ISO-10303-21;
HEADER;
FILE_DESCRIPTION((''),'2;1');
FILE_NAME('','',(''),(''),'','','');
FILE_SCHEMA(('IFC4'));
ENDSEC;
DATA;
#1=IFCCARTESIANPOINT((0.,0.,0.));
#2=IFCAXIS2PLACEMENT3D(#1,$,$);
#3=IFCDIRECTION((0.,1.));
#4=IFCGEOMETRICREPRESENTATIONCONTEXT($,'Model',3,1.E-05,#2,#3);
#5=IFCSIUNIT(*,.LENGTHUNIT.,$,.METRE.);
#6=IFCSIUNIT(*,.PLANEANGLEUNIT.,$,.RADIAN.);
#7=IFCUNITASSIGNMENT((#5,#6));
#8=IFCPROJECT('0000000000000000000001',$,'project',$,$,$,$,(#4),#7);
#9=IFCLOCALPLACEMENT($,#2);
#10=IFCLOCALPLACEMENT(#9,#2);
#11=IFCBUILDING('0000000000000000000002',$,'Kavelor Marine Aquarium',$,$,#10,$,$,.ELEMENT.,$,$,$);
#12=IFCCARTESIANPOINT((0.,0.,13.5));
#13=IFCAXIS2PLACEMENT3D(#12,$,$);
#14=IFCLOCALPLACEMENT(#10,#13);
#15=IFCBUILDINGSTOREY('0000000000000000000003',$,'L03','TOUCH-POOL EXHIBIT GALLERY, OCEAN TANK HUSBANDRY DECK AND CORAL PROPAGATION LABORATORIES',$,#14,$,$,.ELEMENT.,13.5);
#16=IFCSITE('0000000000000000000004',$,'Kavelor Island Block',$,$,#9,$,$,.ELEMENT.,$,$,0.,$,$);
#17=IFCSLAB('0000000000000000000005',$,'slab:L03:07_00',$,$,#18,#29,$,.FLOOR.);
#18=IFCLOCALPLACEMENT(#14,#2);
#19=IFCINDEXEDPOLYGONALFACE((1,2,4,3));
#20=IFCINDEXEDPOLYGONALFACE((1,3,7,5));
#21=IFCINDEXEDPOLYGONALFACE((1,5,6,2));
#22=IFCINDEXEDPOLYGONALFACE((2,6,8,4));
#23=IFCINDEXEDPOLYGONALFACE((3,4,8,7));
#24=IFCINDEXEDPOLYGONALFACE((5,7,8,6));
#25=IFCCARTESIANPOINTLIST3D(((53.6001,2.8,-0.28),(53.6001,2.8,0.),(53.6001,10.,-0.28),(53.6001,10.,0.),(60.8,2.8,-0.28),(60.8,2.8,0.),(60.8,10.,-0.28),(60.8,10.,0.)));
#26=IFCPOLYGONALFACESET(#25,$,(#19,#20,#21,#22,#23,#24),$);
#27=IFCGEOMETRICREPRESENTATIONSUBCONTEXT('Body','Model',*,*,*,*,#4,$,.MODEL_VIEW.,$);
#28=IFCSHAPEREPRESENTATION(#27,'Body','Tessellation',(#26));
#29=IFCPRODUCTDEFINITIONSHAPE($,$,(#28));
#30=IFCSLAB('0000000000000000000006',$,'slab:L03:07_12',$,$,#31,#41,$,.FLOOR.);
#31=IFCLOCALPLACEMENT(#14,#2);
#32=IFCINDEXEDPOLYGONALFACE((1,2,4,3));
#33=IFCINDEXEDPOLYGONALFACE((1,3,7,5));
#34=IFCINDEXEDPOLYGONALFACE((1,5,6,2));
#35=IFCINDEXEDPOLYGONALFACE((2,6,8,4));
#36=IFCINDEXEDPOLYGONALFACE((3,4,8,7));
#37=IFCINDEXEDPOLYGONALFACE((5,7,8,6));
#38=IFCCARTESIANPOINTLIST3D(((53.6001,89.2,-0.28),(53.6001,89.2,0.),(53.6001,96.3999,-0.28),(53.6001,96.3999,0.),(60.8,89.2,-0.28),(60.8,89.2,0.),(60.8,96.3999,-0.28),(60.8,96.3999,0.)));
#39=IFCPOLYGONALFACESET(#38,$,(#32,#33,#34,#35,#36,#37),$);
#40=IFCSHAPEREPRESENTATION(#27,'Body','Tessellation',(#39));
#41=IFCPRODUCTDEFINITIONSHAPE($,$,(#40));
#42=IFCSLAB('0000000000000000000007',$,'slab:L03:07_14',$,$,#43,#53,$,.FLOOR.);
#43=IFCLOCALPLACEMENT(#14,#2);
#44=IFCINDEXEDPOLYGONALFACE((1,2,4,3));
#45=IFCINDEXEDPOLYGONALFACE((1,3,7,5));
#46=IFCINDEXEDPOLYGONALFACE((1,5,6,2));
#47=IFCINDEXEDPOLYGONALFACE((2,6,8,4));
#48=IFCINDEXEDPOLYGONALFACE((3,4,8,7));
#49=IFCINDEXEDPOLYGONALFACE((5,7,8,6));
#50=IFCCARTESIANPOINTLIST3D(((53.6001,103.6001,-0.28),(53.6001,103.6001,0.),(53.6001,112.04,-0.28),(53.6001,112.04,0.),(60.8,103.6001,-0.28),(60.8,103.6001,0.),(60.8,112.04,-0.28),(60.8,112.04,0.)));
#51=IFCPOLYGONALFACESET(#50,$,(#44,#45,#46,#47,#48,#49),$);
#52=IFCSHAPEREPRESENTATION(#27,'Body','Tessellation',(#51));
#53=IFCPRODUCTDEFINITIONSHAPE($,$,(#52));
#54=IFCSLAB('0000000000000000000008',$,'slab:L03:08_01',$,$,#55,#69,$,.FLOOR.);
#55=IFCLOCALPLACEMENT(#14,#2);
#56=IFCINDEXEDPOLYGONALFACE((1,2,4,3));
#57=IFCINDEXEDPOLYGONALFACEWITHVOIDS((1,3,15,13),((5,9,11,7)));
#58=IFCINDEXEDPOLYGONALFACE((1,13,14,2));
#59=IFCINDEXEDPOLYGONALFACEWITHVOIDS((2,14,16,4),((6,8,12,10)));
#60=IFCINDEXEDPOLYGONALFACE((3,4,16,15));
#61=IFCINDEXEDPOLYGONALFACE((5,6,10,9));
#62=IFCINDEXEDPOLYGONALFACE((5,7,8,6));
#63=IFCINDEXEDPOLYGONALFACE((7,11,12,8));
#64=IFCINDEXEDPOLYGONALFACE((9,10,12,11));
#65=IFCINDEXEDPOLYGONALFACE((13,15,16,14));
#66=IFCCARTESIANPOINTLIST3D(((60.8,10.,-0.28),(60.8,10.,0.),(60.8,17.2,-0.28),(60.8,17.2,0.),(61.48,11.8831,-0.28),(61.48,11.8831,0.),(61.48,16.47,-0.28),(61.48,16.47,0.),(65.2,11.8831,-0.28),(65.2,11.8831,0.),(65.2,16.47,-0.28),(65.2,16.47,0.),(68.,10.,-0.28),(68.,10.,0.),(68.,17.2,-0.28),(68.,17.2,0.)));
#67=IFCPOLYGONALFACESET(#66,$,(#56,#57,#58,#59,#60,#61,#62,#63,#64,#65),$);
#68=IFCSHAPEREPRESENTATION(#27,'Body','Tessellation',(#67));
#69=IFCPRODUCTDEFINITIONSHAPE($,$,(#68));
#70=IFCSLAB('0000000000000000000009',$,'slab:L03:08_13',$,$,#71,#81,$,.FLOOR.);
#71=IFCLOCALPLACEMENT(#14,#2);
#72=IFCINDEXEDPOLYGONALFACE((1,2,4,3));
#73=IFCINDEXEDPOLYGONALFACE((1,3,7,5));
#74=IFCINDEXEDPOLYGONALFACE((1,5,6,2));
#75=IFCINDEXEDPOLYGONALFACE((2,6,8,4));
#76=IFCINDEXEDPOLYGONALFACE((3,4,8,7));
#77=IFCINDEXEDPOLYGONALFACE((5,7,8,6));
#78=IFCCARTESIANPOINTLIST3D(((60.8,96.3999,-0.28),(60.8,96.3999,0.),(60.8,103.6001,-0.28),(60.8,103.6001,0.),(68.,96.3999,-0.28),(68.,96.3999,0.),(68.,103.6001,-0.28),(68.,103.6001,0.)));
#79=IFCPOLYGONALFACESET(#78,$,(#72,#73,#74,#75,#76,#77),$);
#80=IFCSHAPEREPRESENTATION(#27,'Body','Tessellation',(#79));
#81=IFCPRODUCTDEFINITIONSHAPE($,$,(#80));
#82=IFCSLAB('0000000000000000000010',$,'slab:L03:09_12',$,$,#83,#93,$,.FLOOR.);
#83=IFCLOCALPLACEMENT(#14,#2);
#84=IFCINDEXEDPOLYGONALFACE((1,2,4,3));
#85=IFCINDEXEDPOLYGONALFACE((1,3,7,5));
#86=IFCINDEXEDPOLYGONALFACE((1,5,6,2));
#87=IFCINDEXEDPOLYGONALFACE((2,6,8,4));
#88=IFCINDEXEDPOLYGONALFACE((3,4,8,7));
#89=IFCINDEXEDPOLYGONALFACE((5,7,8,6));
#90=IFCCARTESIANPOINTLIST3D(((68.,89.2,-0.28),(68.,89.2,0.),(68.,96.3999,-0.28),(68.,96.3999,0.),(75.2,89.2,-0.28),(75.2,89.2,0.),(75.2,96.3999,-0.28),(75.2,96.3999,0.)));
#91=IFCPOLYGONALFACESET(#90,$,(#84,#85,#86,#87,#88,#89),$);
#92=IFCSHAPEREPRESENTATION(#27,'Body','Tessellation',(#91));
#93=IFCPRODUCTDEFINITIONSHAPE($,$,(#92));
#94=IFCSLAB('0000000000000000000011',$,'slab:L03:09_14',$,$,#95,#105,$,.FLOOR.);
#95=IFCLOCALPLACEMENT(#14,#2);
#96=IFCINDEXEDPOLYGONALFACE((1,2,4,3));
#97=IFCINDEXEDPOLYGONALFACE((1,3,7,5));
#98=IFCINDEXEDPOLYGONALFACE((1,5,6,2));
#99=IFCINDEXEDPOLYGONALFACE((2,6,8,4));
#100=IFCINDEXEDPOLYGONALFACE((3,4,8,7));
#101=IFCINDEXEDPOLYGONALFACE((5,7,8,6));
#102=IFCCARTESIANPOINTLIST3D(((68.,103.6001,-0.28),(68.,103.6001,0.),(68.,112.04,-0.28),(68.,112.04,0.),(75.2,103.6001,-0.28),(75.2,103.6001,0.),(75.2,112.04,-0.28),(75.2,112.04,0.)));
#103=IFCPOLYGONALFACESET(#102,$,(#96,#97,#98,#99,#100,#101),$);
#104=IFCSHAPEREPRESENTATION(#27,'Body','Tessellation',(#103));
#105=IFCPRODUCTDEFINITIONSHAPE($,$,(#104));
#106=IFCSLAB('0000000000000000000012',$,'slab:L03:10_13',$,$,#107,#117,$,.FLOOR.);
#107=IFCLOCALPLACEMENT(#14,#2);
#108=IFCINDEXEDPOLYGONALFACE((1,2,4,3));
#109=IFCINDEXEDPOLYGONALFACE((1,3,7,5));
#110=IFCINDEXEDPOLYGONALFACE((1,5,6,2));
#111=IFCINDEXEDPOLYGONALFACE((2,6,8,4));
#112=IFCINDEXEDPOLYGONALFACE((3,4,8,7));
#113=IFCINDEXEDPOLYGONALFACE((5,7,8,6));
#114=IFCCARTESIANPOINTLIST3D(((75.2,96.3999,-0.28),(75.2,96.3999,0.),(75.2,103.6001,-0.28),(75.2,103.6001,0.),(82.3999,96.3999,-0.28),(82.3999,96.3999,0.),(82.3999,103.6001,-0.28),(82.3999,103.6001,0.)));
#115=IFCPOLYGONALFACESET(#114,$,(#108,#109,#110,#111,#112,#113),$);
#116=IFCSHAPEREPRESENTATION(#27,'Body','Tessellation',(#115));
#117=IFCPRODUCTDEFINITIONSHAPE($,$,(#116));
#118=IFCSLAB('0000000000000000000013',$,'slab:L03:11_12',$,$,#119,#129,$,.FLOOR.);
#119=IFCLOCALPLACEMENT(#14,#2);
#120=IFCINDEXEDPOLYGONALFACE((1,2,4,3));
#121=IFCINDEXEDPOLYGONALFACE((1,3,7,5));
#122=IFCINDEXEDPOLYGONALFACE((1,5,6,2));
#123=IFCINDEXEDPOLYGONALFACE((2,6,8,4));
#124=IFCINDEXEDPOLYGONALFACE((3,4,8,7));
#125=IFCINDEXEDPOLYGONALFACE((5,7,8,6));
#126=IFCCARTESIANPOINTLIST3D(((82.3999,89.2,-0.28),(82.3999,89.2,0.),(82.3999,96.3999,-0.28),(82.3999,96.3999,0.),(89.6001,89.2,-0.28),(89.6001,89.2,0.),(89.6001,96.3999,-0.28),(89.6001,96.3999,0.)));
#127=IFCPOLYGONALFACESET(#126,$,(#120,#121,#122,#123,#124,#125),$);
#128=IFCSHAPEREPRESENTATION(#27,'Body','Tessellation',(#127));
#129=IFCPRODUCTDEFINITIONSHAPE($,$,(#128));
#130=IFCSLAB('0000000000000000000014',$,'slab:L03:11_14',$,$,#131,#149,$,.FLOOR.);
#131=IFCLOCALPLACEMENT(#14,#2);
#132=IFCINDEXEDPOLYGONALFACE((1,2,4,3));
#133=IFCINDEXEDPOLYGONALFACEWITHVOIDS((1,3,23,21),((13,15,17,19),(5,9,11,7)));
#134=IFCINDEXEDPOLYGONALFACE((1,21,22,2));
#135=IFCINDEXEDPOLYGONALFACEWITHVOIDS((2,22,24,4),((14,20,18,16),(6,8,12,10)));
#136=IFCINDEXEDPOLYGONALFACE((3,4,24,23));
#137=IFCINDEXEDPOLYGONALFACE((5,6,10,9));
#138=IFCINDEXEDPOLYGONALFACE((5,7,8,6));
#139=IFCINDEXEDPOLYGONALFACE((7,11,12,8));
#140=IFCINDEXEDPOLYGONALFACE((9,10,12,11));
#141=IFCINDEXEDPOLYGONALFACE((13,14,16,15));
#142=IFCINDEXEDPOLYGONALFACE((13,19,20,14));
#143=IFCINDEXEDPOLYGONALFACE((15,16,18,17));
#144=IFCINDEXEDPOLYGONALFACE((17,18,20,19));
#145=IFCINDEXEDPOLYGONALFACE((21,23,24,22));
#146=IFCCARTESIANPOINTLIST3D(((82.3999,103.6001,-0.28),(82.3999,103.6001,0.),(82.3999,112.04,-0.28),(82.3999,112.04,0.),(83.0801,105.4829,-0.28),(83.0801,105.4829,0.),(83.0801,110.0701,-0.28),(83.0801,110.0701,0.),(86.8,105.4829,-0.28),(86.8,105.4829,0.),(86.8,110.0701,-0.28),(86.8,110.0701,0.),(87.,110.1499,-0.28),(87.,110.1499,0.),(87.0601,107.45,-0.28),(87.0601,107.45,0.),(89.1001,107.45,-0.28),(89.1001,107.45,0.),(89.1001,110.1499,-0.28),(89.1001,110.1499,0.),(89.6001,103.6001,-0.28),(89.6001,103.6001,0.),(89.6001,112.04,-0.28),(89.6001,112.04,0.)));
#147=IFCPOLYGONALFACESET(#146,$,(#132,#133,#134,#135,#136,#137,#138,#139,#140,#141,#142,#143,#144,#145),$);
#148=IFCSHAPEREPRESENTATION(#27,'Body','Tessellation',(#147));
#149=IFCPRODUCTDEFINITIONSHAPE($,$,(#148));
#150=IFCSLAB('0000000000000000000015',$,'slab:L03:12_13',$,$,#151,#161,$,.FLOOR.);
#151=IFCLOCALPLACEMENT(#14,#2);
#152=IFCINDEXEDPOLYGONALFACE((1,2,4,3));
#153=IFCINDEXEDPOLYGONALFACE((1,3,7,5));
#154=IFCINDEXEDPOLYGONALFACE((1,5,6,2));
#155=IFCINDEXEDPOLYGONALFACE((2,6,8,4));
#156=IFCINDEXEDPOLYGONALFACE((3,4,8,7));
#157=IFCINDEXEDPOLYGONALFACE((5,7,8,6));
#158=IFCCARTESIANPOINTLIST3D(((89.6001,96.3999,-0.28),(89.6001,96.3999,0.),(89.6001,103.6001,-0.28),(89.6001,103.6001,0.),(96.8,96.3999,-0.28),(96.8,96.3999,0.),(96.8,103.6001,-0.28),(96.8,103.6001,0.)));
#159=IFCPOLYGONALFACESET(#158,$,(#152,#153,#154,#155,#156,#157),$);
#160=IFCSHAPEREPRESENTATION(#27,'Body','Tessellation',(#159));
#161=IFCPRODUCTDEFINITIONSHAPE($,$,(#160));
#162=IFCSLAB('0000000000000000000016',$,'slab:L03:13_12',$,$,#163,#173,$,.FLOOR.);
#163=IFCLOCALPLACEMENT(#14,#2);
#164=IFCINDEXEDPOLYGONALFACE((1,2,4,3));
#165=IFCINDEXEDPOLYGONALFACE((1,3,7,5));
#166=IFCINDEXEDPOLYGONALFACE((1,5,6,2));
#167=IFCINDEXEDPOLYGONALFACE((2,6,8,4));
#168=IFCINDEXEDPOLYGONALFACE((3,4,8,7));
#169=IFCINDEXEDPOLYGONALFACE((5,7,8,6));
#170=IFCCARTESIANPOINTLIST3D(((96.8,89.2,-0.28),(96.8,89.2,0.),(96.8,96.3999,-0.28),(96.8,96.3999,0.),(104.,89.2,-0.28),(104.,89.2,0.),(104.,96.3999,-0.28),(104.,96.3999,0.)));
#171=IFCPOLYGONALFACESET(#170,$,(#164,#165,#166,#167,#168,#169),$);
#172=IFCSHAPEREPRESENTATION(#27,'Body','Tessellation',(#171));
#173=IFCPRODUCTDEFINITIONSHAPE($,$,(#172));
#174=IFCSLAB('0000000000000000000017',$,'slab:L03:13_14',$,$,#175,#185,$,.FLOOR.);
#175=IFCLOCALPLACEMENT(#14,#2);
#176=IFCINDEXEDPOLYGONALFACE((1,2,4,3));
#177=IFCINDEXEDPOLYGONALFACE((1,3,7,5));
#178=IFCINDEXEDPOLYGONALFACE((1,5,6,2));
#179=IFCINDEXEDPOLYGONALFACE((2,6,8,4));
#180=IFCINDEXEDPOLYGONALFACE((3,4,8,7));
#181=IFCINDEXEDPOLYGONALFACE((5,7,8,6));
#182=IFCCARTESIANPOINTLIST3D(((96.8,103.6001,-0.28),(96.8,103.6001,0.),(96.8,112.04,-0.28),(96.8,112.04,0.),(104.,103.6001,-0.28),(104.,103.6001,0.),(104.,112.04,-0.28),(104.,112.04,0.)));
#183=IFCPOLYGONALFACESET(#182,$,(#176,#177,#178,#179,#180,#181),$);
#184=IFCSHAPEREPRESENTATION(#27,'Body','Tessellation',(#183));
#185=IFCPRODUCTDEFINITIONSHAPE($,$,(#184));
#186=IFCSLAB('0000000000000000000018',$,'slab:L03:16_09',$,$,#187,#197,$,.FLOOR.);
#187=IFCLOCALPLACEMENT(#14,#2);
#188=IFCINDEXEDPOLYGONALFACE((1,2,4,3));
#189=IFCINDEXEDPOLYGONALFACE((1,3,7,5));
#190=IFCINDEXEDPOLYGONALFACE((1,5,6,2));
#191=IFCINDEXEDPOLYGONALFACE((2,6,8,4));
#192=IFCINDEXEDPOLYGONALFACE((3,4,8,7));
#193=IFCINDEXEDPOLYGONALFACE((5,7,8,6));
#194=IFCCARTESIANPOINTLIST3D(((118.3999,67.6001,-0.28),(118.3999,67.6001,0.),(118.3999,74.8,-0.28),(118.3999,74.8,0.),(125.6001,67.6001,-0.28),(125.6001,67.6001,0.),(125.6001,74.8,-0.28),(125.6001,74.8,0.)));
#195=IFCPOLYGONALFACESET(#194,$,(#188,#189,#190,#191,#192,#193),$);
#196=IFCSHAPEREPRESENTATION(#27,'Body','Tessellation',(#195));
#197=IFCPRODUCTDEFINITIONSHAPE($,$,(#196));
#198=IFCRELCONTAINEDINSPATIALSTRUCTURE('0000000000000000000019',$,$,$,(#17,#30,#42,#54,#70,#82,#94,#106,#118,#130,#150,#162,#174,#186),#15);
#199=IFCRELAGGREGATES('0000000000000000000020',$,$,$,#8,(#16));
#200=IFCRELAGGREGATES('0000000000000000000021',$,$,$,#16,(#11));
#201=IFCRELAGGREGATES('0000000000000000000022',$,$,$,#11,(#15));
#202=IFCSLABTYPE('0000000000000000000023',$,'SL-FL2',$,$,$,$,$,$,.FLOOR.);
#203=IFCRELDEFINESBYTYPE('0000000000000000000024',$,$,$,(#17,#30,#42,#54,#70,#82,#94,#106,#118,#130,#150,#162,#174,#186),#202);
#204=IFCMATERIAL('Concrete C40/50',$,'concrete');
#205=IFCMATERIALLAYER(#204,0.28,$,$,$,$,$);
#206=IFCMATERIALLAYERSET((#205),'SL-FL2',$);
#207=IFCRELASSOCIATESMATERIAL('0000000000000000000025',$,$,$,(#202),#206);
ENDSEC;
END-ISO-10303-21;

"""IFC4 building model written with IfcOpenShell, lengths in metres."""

from ifc_helpers import new_model, si_unit, direction, frame, origin, place, context, subcontext, project, spatial, polyline, outline, extrude, material, layer, layer_set, type_object, element, save


model = new_model("IFC4")

# Units and contexts
model_context = context("Model", 3, precision=1e-05, world=origin(), true_north=direction((0.0, 1.0)))
body_context = subcontext(model_context, "Body", "Model", "MODEL_VIEW")
ifc_project = project(units=[si_unit("LENGTHUNIT", "METRE"), si_unit("PLANEANGLEUNIT", "RADIAN")], contexts=[model_context])

# Site, building, storey
site_placement = place(None, origin())
site = spatial("IfcSite", under=ifc_project, at=site_placement, Name="Kavelor Island Block", CompositionType="ELEMENT", RefElevation=0.0)
building_placement = place(site_placement, origin())
building = spatial("IfcBuilding", under=site, at=building_placement, Name="Kavelor Marine Aquarium", CompositionType="ELEMENT")
storey_placement = place(building_placement, frame((0.0, 0.0, 13.5)))
storey = spatial("IfcBuildingStorey", under=building, at=storey_placement, Name="L03", Description="TOUCH-POOL EXHIBIT GALLERY, OCEAN TANK HUSBANDRY DECK AND CORAL PROPAGATION LABORATORIES", CompositionType="ELEMENT", Elevation=13.5)

# Slabs
ifc_material_1 = material(Name="Concrete C40/50", Category="concrete")
ifc_layer_1 = layer(ifc_material_1, 0.28)
ifc_layer_set_1 = layer_set([ifc_layer_1], Name="SL-FL2")
slab_type_1 = type_object("IfcSlabType", Name="SL-FL2", PredefinedType="FLOOR", material=ifc_layer_set_1)
slab_1_placement = place(storey_placement, frame((0.0, 0.0, -0.28)))
element("IfcSlab", 1, at=slab_1_placement, inside=storey, type_object=slab_type_1, Name="slab:L03:07_00", PredefinedType="FLOOR", context=body_context, shape_type="SweptSolid", body=[
    extrude(outline(polyline([(53.6001, 2.8), (60.8, 2.8), (60.8, 10.0), (53.6001, 10.0), (53.6001, 2.8)])), origin(), (0.0, 0.0, 1.0), 0.28),
])
slab_2_placement = place(storey_placement, frame((0.0, 0.0, -0.28)))
element("IfcSlab", 2, at=slab_2_placement, inside=storey, type_object=slab_type_1, Name="slab:L03:07_12", PredefinedType="FLOOR", context=body_context, shape_type="SweptSolid", body=[
    extrude(outline(polyline([(53.6001, 89.2), (60.8, 89.2), (60.8, 96.3999), (53.6001, 96.3999), (53.6001, 89.2)])), origin(), (0.0, 0.0, 1.0), 0.28),
])
slab_3_placement = place(storey_placement, frame((0.0, 0.0, -0.28)))
element("IfcSlab", 3, at=slab_3_placement, inside=storey, type_object=slab_type_1, Name="slab:L03:07_14", PredefinedType="FLOOR", context=body_context, shape_type="SweptSolid", body=[
    extrude(outline(polyline([(53.6001, 103.6001), (60.8, 103.6001), (60.8, 112.04), (53.6001, 112.04), (53.6001, 103.6001)])), origin(), (0.0, 0.0, 1.0), 0.28),
])
slab_4_placement = place(storey_placement, frame((0.0, 0.0, -0.28)))
element("IfcSlab", 4, at=slab_4_placement, inside=storey, type_object=slab_type_1, Name="slab:L03:08_01", PredefinedType="FLOOR", context=body_context, shape_type="SweptSolid", body=[
    extrude(outline(polyline([(60.8, 10.0), (68.0, 10.0), (68.0, 17.2), (60.8, 17.2), (60.8, 10.0)]), holes=[polyline([(61.48, 11.8831), (65.2, 11.8831), (65.2, 16.47), (61.48, 16.47), (61.48, 11.8831)])]), origin(), (0.0, 0.0, 1.0), 0.28),
])
slab_5_placement = place(storey_placement, frame((0.0, 0.0, -0.28)))
element("IfcSlab", 5, at=slab_5_placement, inside=storey, type_object=slab_type_1, Name="slab:L03:08_13", PredefinedType="FLOOR", context=body_context, shape_type="SweptSolid", body=[
    extrude(outline(polyline([(60.8, 96.3999), (68.0, 96.3999), (68.0, 103.6001), (60.8, 103.6001), (60.8, 96.3999)])), origin(), (0.0, 0.0, 1.0), 0.28),
])
slab_6_placement = place(storey_placement, frame((0.0, 0.0, -0.28)))
element("IfcSlab", 6, at=slab_6_placement, inside=storey, type_object=slab_type_1, Name="slab:L03:09_12", PredefinedType="FLOOR", context=body_context, shape_type="SweptSolid", body=[
    extrude(outline(polyline([(68.0, 89.2), (75.2, 89.2), (75.2, 96.3999), (68.0, 96.3999), (68.0, 89.2)])), origin(), (0.0, 0.0, 1.0), 0.28),
])
slab_7_placement = place(storey_placement, frame((0.0, 0.0, -0.28)))
element("IfcSlab", 7, at=slab_7_placement, inside=storey, type_object=slab_type_1, Name="slab:L03:09_14", PredefinedType="FLOOR", context=body_context, shape_type="SweptSolid", body=[
    extrude(outline(polyline([(68.0, 103.6001), (75.2, 103.6001), (75.2, 112.04), (68.0, 112.04), (68.0, 103.6001)])), origin(), (0.0, 0.0, 1.0), 0.28),
])
slab_8_placement = place(storey_placement, frame((0.0, 0.0, -0.28)))
element("IfcSlab", 8, at=slab_8_placement, inside=storey, type_object=slab_type_1, Name="slab:L03:10_13", PredefinedType="FLOOR", context=body_context, shape_type="SweptSolid", body=[
    extrude(outline(polyline([(75.2, 96.3999), (82.3999, 96.3999), (82.3999, 103.6001), (75.2, 103.6001), (75.2, 96.3999)])), origin(), (0.0, 0.0, 1.0), 0.28),
])
slab_9_placement = place(storey_placement, frame((0.0, 0.0, -0.28)))
element("IfcSlab", 9, at=slab_9_placement, inside=storey, type_object=slab_type_1, Name="slab:L03:11_12", PredefinedType="FLOOR", context=body_context, shape_type="SweptSolid", body=[
    extrude(outline(polyline([(82.3999, 89.2), (89.6001, 89.2), (89.6001, 96.3999), (82.3999, 96.3999), (82.3999, 89.2)])), origin(), (0.0, 0.0, 1.0), 0.28),
])
slab_10_placement = place(storey_placement, frame((0.0, 0.0, -0.28)))
element("IfcSlab", 10, at=slab_10_placement, inside=storey, type_object=slab_type_1, Name="slab:L03:11_14", PredefinedType="FLOOR", context=body_context, shape_type="SweptSolid", body=[
    extrude(outline(polyline([(82.3999, 103.6001), (89.6001, 103.6001), (89.6001, 112.04), (82.3999, 112.04), (82.3999, 103.6001)]), holes=[polyline([(83.0801, 105.4829), (86.8, 105.4829), (86.8, 110.0701), (83.0801, 110.0701), (83.0801, 105.4829)]), polyline([(87.0601, 107.45), (89.1001, 107.45), (89.1001, 110.1499), (87.0, 110.1499), (87.0601, 107.45)])]), origin(), (0.0, 0.0, 1.0), 0.28),
])
slab_11_placement = place(storey_placement, frame((0.0, 0.0, -0.28)))
element("IfcSlab", 11, at=slab_11_placement, inside=storey, type_object=slab_type_1, Name="slab:L03:12_13", PredefinedType="FLOOR", context=body_context, shape_type="SweptSolid", body=[
    extrude(outline(polyline([(89.6001, 96.3999), (96.8, 96.3999), (96.8, 103.6001), (89.6001, 103.6001), (89.6001, 96.3999)])), origin(), (0.0, 0.0, 1.0), 0.28),
])
slab_12_placement = place(storey_placement, frame((0.0, 0.0, -0.28)))
element("IfcSlab", 12, at=slab_12_placement, inside=storey, type_object=slab_type_1, Name="slab:L03:13_12", PredefinedType="FLOOR", context=body_context, shape_type="SweptSolid", body=[
    extrude(outline(polyline([(96.8, 89.2), (104.0, 89.2), (104.0, 96.3999), (96.8, 96.3999), (96.8, 89.2)])), origin(), (0.0, 0.0, 1.0), 0.28),
])
slab_13_placement = place(storey_placement, frame((0.0, 0.0, -0.28)))
element("IfcSlab", 13, at=slab_13_placement, inside=storey, type_object=slab_type_1, Name="slab:L03:13_14", PredefinedType="FLOOR", context=body_context, shape_type="SweptSolid", body=[
    extrude(outline(polyline([(96.8, 103.6001), (104.0, 103.6001), (104.0, 112.04), (96.8, 112.04), (96.8, 103.6001)])), origin(), (0.0, 0.0, 1.0), 0.28),
])
slab_14_placement = place(storey_placement, frame((0.0, 0.0, -0.28)))
element("IfcSlab", 14, at=slab_14_placement, inside=storey, type_object=slab_type_1, Name="slab:L03:16_09", PredefinedType="FLOOR", context=body_context, shape_type="SweptSolid", body=[
    extrude(outline(polyline([(118.3999, 67.6001), (125.6001, 67.6001), (125.6001, 74.8), (118.3999, 74.8), (118.3999, 67.6001)])), origin(), (0.0, 0.0, 1.0), 0.28),
])

save(model, "model.ifc")
